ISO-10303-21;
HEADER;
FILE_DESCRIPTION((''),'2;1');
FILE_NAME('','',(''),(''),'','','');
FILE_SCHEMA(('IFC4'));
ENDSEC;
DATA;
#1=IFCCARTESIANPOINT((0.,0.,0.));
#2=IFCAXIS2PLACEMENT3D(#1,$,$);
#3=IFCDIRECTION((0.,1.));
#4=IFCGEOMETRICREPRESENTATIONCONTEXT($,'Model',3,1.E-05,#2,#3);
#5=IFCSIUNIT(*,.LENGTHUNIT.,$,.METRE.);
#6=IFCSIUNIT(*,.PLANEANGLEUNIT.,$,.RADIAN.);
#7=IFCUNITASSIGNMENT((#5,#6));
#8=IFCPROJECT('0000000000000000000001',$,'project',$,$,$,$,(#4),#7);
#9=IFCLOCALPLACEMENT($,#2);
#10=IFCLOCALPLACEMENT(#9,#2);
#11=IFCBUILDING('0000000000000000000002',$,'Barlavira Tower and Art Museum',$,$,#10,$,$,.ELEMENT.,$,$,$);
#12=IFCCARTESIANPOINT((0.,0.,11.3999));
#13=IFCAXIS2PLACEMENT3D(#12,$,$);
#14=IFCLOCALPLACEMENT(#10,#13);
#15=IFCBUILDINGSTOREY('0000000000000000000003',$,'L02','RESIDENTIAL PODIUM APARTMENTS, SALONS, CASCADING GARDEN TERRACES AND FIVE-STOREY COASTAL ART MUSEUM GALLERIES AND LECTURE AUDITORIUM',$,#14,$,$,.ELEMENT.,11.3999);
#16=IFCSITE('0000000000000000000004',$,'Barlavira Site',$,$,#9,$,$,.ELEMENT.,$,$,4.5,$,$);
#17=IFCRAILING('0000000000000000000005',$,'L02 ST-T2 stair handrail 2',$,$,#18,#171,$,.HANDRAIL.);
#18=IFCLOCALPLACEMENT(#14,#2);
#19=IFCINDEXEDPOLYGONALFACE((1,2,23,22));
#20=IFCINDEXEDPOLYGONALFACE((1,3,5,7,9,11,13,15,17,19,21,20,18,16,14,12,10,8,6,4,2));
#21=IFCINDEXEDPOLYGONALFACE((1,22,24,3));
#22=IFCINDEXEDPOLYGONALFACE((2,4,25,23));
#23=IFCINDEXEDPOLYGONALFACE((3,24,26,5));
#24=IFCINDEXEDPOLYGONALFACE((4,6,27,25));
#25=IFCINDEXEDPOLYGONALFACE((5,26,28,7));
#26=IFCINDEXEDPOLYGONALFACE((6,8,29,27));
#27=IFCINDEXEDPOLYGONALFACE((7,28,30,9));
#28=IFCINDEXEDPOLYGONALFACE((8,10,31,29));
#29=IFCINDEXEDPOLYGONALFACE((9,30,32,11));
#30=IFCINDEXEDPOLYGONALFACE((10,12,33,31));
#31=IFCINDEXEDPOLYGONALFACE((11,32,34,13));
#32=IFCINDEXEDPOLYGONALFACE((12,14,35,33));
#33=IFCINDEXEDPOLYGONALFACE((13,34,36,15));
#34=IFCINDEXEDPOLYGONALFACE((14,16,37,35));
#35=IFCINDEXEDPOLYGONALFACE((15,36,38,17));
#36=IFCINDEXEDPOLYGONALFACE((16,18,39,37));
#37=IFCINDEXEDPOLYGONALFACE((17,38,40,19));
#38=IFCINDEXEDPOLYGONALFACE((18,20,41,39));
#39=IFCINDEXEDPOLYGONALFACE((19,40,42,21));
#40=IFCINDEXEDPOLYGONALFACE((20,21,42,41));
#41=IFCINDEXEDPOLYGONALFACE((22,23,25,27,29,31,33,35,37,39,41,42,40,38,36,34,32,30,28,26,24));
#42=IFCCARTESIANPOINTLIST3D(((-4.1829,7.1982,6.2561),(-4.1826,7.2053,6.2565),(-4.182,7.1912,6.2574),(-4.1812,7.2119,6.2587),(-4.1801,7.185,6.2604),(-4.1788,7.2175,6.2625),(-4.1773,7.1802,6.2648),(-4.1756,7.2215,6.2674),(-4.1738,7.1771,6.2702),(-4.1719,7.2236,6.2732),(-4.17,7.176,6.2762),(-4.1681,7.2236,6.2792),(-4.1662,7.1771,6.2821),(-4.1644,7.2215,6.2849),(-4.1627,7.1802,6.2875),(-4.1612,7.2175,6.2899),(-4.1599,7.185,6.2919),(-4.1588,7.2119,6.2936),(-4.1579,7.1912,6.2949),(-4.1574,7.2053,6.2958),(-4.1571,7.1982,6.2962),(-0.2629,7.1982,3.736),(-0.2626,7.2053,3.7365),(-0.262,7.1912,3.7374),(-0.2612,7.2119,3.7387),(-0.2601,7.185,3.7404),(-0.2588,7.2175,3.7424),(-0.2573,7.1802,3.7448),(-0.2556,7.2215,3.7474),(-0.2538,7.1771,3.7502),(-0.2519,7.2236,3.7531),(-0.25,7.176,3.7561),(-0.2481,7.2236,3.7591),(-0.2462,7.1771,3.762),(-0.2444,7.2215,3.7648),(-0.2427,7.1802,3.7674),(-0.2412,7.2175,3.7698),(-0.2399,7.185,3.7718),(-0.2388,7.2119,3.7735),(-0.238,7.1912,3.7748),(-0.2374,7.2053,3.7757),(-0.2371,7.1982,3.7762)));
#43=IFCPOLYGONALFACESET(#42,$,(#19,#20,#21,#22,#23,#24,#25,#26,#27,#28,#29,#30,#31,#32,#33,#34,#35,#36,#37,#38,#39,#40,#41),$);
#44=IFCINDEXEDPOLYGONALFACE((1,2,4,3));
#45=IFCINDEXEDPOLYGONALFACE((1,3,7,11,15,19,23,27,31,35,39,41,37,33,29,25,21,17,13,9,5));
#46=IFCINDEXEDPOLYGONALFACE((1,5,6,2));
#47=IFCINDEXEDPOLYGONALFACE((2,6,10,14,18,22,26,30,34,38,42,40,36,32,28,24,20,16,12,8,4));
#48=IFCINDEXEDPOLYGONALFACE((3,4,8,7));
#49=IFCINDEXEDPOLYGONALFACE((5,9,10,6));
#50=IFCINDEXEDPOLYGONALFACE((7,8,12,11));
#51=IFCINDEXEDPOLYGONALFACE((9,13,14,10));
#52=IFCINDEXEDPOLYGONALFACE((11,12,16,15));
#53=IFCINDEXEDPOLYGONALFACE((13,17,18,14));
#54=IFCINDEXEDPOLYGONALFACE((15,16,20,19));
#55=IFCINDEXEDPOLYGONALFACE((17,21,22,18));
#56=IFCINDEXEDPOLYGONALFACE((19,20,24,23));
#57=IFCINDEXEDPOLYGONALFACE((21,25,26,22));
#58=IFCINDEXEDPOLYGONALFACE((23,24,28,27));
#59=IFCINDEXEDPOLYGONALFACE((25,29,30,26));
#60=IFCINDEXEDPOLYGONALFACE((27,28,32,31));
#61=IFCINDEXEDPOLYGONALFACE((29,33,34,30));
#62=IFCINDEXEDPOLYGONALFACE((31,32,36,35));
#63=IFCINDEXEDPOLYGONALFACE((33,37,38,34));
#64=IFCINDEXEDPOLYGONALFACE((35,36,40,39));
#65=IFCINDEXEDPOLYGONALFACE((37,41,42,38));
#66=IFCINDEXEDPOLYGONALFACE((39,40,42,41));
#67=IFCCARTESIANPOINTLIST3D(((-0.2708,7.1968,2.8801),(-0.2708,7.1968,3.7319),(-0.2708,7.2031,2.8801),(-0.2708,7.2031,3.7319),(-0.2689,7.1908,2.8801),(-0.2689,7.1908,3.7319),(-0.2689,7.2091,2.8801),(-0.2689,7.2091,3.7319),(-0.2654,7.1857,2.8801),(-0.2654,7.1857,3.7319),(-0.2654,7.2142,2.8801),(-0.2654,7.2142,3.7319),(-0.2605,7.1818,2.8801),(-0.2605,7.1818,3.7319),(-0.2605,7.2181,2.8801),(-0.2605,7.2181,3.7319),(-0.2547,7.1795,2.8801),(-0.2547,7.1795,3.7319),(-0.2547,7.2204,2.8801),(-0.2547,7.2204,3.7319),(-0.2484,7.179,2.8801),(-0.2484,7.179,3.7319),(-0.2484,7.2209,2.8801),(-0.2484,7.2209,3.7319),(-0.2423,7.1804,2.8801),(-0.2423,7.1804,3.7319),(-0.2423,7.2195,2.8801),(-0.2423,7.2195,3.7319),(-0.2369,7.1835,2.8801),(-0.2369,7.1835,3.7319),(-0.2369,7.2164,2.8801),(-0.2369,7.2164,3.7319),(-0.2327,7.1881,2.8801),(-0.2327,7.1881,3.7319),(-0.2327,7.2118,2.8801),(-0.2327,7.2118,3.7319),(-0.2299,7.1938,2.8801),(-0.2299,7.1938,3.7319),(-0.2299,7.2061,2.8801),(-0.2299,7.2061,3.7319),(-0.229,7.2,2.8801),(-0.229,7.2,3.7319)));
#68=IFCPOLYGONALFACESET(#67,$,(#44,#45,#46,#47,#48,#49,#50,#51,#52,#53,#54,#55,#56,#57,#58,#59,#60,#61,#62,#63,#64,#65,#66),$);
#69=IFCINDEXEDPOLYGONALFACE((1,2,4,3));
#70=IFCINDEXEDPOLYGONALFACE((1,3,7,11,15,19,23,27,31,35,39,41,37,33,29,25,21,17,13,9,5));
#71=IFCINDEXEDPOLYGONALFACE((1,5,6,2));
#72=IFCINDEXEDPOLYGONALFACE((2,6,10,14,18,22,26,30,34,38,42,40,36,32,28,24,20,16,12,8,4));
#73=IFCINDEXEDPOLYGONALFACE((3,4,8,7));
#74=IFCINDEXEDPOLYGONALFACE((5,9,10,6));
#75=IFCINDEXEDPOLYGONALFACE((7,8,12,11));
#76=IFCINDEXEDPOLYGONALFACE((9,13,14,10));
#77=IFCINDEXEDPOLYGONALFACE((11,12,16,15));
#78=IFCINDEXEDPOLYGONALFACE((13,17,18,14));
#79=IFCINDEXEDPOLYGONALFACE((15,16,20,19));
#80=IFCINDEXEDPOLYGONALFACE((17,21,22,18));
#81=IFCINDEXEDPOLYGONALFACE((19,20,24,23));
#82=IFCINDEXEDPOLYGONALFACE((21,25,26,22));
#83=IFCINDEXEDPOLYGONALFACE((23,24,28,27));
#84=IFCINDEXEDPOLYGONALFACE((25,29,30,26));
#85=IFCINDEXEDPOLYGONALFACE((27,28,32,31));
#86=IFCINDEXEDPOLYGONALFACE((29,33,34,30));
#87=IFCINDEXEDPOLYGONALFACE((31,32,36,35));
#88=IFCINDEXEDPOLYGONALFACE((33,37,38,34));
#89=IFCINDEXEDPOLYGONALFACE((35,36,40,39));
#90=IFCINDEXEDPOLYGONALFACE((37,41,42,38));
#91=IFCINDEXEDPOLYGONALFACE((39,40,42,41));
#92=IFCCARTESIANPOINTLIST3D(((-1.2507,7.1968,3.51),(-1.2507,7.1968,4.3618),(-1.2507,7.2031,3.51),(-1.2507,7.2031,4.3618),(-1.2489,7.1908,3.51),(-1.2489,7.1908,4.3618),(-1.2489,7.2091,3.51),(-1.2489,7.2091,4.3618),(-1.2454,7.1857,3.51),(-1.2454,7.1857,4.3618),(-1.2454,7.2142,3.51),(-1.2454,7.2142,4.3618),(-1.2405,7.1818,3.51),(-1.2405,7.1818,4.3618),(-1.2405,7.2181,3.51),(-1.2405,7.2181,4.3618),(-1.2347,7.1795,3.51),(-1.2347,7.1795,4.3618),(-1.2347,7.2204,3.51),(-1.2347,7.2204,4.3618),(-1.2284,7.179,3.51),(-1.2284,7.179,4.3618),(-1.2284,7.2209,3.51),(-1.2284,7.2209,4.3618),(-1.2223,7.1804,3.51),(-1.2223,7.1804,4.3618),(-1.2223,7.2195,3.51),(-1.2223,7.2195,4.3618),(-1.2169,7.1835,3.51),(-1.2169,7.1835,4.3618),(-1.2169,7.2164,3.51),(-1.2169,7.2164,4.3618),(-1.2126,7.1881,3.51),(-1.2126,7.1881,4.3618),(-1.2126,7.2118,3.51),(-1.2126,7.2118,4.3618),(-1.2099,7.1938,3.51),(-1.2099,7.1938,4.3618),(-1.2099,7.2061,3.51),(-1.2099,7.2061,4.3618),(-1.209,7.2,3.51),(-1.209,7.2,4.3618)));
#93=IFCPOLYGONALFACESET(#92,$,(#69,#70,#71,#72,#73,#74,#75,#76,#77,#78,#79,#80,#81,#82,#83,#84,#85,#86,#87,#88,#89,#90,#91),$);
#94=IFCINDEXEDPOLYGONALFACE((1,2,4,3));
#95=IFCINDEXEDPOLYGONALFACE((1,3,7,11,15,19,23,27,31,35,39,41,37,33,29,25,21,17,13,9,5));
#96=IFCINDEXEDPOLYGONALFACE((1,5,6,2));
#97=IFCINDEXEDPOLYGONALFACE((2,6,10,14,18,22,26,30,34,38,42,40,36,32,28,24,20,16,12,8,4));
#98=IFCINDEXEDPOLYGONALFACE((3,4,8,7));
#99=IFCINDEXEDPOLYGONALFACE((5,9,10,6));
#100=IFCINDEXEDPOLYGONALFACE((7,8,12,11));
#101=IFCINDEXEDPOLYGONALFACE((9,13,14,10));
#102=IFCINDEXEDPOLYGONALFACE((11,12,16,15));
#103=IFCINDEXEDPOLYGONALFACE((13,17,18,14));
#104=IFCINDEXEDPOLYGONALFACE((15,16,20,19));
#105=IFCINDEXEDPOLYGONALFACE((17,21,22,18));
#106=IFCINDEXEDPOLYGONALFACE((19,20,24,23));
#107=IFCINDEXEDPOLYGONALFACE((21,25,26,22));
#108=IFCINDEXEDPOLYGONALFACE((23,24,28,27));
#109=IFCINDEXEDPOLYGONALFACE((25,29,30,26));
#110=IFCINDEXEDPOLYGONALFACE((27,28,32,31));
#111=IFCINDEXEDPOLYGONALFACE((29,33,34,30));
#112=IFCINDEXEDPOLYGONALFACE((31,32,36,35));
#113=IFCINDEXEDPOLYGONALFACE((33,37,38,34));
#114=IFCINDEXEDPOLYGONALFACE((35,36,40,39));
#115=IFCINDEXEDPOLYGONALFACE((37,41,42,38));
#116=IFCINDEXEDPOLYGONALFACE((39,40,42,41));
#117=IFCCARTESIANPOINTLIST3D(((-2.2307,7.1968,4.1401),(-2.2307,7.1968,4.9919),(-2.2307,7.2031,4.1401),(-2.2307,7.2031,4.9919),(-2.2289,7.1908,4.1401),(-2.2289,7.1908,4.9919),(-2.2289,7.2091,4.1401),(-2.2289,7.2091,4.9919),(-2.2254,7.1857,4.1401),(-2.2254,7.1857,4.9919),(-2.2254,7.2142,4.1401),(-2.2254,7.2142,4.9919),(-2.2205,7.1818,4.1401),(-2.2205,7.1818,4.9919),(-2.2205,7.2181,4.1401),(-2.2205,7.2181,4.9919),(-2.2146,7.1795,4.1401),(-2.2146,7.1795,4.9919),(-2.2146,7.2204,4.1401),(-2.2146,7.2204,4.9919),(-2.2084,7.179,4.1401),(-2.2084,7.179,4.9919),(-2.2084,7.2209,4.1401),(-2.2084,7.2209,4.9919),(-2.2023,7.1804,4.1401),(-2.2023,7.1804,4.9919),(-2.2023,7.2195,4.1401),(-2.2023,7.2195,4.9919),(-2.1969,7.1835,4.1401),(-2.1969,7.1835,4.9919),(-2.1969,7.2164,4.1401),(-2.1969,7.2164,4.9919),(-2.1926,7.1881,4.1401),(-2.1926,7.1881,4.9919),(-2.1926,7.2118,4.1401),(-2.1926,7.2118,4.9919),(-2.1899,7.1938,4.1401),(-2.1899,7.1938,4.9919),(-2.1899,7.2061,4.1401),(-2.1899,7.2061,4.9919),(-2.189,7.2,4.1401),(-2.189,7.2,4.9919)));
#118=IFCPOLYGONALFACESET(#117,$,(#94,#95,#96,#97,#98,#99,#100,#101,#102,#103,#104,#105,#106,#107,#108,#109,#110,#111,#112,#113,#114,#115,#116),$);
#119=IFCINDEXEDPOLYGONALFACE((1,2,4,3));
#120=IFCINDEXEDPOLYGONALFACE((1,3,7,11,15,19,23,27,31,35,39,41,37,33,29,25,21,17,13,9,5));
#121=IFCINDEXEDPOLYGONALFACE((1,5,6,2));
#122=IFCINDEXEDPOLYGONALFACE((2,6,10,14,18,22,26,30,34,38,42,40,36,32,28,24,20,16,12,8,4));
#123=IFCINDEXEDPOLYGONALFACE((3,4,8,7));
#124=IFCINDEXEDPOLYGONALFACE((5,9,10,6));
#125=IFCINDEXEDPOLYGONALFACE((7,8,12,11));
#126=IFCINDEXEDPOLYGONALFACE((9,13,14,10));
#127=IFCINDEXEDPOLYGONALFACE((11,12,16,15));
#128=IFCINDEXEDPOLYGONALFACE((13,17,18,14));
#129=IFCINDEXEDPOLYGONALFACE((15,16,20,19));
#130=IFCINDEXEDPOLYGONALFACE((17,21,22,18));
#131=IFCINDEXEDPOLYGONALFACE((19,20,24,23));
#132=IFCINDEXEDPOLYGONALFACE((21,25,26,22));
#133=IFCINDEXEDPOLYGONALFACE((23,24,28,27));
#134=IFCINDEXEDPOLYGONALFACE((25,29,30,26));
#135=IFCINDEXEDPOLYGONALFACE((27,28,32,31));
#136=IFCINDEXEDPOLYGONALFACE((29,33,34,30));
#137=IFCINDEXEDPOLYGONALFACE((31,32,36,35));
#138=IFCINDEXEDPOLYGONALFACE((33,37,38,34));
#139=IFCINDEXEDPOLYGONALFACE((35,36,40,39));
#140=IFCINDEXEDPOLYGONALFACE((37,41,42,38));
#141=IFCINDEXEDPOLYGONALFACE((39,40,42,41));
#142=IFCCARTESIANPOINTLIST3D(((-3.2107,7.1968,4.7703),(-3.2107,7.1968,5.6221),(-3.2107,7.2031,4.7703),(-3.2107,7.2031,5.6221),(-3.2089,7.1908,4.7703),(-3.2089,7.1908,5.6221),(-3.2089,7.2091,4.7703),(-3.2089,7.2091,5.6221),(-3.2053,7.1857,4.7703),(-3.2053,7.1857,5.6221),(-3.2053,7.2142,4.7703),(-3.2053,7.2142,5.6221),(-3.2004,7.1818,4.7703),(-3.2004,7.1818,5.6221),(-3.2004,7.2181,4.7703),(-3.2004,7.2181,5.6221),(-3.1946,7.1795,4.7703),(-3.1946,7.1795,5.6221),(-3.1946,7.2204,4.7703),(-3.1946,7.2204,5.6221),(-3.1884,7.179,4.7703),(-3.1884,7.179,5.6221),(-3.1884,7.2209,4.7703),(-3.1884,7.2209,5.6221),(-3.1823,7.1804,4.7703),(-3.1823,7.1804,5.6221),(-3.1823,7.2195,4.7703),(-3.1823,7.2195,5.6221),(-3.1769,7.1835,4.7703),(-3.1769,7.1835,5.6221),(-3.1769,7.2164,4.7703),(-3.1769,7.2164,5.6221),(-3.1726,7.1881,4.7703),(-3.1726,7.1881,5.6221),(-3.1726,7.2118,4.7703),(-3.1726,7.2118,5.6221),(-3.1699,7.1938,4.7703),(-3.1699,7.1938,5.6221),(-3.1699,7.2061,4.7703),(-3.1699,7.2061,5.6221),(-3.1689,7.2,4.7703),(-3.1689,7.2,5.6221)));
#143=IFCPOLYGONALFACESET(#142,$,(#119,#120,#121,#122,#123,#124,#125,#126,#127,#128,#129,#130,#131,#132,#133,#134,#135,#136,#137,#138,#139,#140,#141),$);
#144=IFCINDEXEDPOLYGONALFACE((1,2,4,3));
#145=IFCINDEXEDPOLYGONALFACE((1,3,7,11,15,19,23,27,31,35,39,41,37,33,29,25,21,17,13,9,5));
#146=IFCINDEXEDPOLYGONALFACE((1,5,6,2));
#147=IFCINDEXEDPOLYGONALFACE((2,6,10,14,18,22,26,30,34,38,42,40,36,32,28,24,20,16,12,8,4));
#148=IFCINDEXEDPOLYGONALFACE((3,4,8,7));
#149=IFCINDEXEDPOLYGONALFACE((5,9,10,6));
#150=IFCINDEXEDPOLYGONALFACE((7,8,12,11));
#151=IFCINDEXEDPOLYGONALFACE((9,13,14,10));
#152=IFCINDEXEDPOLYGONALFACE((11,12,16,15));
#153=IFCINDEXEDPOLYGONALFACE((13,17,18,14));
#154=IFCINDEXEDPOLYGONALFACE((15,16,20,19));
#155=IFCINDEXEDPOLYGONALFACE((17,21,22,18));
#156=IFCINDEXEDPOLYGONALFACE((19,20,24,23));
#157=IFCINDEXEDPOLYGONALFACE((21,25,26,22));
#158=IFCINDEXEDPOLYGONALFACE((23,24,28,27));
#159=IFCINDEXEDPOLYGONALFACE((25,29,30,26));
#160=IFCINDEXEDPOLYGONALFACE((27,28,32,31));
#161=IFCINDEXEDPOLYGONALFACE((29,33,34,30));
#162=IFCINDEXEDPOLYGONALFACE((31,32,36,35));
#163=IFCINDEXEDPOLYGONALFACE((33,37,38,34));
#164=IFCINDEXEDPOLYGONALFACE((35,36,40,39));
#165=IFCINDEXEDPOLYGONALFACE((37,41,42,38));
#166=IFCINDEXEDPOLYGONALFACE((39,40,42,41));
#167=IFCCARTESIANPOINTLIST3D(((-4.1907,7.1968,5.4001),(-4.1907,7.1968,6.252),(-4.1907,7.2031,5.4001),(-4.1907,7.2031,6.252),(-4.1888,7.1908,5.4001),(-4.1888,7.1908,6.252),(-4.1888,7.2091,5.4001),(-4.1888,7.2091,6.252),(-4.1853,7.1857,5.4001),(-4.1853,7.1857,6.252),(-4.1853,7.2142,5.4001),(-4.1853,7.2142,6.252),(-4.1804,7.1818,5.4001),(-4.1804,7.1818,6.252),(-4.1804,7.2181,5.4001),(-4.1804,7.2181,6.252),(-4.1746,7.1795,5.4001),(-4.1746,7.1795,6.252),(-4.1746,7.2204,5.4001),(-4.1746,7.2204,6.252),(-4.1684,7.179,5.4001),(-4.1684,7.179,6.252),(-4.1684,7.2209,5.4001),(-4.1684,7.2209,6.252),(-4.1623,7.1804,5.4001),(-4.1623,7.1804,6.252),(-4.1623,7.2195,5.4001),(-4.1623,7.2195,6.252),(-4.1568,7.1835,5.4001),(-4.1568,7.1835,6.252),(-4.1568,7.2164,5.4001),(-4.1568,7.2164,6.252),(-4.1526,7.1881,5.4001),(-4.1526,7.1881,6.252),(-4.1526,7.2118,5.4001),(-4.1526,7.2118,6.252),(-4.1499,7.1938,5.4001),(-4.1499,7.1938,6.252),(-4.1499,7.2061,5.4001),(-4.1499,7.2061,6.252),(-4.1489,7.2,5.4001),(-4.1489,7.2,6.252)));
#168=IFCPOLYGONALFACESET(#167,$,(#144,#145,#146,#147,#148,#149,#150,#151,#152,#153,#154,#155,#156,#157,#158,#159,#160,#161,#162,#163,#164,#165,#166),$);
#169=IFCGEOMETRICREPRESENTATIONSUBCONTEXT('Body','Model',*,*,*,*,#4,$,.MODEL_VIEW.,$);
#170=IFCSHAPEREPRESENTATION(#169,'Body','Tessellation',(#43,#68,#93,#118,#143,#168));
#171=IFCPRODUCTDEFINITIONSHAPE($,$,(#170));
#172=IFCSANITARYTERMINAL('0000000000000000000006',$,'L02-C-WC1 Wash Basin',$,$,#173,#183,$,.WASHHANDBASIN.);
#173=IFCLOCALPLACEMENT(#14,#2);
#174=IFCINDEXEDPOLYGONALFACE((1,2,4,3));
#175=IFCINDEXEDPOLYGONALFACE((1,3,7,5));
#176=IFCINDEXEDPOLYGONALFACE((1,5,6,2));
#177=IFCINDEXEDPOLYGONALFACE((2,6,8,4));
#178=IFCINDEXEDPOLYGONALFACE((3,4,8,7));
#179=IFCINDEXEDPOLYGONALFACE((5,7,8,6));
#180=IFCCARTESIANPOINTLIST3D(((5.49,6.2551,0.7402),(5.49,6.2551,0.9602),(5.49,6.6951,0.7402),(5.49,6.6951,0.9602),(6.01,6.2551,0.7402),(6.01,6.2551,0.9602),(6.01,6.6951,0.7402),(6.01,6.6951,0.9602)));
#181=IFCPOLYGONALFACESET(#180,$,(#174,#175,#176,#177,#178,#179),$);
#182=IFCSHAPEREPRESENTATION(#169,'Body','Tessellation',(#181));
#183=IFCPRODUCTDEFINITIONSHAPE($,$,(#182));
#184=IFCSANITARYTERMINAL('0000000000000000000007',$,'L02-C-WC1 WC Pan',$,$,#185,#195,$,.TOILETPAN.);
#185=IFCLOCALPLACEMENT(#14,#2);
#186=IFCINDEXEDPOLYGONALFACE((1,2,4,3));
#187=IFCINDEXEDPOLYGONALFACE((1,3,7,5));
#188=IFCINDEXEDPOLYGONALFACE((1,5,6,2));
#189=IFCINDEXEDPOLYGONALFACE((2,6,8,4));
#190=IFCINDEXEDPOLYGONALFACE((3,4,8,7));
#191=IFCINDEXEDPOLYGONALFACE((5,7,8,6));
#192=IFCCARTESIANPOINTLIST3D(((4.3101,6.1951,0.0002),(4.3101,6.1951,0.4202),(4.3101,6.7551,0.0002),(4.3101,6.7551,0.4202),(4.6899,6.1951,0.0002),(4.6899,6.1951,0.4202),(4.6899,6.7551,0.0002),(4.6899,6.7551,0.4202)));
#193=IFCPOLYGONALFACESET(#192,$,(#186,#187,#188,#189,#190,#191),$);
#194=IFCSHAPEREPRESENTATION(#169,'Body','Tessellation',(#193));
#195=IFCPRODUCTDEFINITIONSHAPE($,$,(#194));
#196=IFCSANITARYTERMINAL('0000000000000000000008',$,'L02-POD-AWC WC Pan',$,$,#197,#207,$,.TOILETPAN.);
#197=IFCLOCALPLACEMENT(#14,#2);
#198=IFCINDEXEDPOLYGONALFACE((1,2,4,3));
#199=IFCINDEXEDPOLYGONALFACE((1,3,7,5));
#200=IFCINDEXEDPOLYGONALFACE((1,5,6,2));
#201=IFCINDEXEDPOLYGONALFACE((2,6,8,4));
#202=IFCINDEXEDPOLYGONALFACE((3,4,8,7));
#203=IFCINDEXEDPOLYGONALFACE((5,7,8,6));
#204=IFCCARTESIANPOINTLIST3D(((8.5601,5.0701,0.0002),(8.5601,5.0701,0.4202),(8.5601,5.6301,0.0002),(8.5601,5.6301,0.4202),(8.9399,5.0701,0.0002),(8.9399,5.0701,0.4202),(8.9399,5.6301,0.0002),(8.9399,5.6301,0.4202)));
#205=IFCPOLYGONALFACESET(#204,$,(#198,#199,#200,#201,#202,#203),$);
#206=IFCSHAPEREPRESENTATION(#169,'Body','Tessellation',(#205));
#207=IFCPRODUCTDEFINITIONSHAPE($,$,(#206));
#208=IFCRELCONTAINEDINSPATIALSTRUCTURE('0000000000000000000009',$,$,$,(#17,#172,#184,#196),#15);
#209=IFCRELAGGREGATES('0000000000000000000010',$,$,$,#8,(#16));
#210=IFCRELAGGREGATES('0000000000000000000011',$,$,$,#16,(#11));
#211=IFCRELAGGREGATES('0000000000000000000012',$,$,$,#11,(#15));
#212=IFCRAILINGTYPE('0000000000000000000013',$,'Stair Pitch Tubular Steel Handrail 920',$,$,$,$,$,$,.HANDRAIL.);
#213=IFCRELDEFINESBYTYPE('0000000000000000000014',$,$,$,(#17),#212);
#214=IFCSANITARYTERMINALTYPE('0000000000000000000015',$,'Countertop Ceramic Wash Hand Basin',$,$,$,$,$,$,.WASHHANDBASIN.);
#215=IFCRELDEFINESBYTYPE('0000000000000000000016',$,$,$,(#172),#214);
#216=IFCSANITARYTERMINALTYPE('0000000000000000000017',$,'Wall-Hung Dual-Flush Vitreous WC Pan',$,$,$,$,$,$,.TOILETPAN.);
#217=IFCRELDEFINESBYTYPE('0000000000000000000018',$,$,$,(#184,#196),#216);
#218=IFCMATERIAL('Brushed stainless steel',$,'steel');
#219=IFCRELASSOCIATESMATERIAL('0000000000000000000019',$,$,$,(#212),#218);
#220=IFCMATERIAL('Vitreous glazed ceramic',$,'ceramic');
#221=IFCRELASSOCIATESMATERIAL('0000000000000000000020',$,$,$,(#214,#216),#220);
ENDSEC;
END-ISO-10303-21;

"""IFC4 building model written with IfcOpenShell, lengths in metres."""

from ifc_helpers import new_model, si_unit, direction, frame, origin, origin_2d, place, context, subcontext, project, spatial, rectangle, circle, extrude, material, type_object, element, save


model = new_model("IFC4")

# Units and contexts
model_context = context("Model", 3, precision=1e-05, world=origin(), true_north=direction((0.0, 1.0)))
body_context = subcontext(model_context, "Body", "Model", "MODEL_VIEW")
ifc_project = project(units=[si_unit("LENGTHUNIT", "METRE"), si_unit("PLANEANGLEUNIT", "RADIAN")], contexts=[model_context])

# Site, building, storey
site_placement = place(None, origin())
site = spatial("IfcSite", under=ifc_project, at=site_placement, Name="Barlavira Site", CompositionType="ELEMENT", RefElevation=4.5)
building_placement = place(site_placement, origin())
building = spatial("IfcBuilding", under=site, at=building_placement, Name="Barlavira Tower and Art Museum", CompositionType="ELEMENT")
storey_placement = place(building_placement, frame((0.0, 0.0, 11.3999)))
storey = spatial("IfcBuildingStorey", under=building, at=storey_placement, Name="L02", Description="RESIDENTIAL PODIUM APARTMENTS, SALONS, CASCADING GARDEN TERRACES AND FIVE-STOREY COASTAL ART MUSEUM GALLERIES AND LECTURE AUDITORIUM", CompositionType="ELEMENT", Elevation=11.3999)

# Shared definitions
ifc_material_1 = material(Name="Brushed stainless steel", Category="steel")

# Railing
railing_type_1 = type_object("IfcRailingType", Name="Stair Pitch Tubular Steel Handrail 920", PredefinedType="HANDRAIL", material=ifc_material_1)
railing_1_placement = place(storey_placement, frame((-0.25, 7.2, 2.8801)))
element("IfcRailing", 1, at=railing_1_placement, inside=storey, type_object=railing_type_1, Name="L02 ST-T2 stair handrail 2", PredefinedType="HANDRAIL", context=body_context, shape_type="SweptSolid", body=[
    extrude(circle(Radius=0.0239, at=origin_2d()), frame((0.0, 0.0, 0.876), z_axis=(-0.841172, 0.0, 0.540768), x_axis=(0.0, -1.0, 0.0)), (0.0, 0.0, 1.0), 4.6602),
    extrude(circle(Radius=0.021, at=origin_2d()), origin(), (0.0, 0.0, 1.0), 0.8518),
    extrude(circle(Radius=0.021, at=origin_2d()), frame((-0.98, 0.0, 0.6299)), (0.0, 0.0, 1.0), 0.8518),
    extrude(circle(Radius=0.021, at=origin_2d()), frame((-1.96, 0.0, 1.26)), (0.0, 0.0, 1.0), 0.8518),
    extrude(circle(Radius=0.021, at=origin_2d()), frame((-2.9399, 0.0, 1.8901)), (0.0, 0.0, 1.0), 0.8518),
    extrude(circle(Radius=0.021, at=origin_2d()), frame((-3.9199, 0.0, 2.52)), (0.0, 0.0, 1.0), 0.8518),
])

# Sanitary terminals
ifc_material_2 = material(Name="Vitreous glazed ceramic", Category="ceramic")
sanitary_terminal_type_1 = type_object("IfcSanitaryTerminalType", Name="Countertop Ceramic Wash Hand Basin", PredefinedType="WASHHANDBASIN", material=ifc_material_2)
sanitary_terminal_placement = place(storey_placement, frame((5.75, 6.4751, 0.7402), z_axis=(0.0, 0.0, 1.0), x_axis=(1.0, 0.0, 0.0)))
element("IfcSanitaryTerminal", 2, at=sanitary_terminal_placement, inside=storey, type_object=sanitary_terminal_type_1, Name="L02-C-WC1 Wash Basin", PredefinedType="WASHHANDBASIN", context=body_context, shape_type="SweptSolid", body=[
    extrude(rectangle(XDim=0.52, YDim=0.4399, at=origin_2d()), origin(), (0.0, 0.0, 1.0), 0.22),
])
sanitary_terminal_type_2 = type_object("IfcSanitaryTerminalType", Name="Wall-Hung Dual-Flush Vitreous WC Pan", PredefinedType="TOILETPAN", material=ifc_material_2)
for number, where, z_axis, x_axis, name in (
    (3, (4.5, 6.4751, 0.0002), (0.0, 0.0, 1.0), (1.0, 0.0, 0.0), "L02-C-WC1 WC Pan"),
    (4, (8.75, 5.3501, 0.0002), (0.0, 0.0, 1.0), (1.0, 0.0, 0.0), "L02-POD-AWC WC Pan"),
):
    element("IfcSanitaryTerminal", number, at=place(storey_placement, frame(where, z_axis=z_axis, x_axis=x_axis)), inside=storey, type_object=sanitary_terminal_type_2, Name=name, PredefinedType="TOILETPAN", context=body_context, shape_type="SweptSolid", body=[
        extrude(rectangle(XDim=0.3799, YDim=0.5601, at=origin_2d()), origin(), (0.0, 0.0, 1.0), 0.4199),
    ])

save(model, "model.ifc")
